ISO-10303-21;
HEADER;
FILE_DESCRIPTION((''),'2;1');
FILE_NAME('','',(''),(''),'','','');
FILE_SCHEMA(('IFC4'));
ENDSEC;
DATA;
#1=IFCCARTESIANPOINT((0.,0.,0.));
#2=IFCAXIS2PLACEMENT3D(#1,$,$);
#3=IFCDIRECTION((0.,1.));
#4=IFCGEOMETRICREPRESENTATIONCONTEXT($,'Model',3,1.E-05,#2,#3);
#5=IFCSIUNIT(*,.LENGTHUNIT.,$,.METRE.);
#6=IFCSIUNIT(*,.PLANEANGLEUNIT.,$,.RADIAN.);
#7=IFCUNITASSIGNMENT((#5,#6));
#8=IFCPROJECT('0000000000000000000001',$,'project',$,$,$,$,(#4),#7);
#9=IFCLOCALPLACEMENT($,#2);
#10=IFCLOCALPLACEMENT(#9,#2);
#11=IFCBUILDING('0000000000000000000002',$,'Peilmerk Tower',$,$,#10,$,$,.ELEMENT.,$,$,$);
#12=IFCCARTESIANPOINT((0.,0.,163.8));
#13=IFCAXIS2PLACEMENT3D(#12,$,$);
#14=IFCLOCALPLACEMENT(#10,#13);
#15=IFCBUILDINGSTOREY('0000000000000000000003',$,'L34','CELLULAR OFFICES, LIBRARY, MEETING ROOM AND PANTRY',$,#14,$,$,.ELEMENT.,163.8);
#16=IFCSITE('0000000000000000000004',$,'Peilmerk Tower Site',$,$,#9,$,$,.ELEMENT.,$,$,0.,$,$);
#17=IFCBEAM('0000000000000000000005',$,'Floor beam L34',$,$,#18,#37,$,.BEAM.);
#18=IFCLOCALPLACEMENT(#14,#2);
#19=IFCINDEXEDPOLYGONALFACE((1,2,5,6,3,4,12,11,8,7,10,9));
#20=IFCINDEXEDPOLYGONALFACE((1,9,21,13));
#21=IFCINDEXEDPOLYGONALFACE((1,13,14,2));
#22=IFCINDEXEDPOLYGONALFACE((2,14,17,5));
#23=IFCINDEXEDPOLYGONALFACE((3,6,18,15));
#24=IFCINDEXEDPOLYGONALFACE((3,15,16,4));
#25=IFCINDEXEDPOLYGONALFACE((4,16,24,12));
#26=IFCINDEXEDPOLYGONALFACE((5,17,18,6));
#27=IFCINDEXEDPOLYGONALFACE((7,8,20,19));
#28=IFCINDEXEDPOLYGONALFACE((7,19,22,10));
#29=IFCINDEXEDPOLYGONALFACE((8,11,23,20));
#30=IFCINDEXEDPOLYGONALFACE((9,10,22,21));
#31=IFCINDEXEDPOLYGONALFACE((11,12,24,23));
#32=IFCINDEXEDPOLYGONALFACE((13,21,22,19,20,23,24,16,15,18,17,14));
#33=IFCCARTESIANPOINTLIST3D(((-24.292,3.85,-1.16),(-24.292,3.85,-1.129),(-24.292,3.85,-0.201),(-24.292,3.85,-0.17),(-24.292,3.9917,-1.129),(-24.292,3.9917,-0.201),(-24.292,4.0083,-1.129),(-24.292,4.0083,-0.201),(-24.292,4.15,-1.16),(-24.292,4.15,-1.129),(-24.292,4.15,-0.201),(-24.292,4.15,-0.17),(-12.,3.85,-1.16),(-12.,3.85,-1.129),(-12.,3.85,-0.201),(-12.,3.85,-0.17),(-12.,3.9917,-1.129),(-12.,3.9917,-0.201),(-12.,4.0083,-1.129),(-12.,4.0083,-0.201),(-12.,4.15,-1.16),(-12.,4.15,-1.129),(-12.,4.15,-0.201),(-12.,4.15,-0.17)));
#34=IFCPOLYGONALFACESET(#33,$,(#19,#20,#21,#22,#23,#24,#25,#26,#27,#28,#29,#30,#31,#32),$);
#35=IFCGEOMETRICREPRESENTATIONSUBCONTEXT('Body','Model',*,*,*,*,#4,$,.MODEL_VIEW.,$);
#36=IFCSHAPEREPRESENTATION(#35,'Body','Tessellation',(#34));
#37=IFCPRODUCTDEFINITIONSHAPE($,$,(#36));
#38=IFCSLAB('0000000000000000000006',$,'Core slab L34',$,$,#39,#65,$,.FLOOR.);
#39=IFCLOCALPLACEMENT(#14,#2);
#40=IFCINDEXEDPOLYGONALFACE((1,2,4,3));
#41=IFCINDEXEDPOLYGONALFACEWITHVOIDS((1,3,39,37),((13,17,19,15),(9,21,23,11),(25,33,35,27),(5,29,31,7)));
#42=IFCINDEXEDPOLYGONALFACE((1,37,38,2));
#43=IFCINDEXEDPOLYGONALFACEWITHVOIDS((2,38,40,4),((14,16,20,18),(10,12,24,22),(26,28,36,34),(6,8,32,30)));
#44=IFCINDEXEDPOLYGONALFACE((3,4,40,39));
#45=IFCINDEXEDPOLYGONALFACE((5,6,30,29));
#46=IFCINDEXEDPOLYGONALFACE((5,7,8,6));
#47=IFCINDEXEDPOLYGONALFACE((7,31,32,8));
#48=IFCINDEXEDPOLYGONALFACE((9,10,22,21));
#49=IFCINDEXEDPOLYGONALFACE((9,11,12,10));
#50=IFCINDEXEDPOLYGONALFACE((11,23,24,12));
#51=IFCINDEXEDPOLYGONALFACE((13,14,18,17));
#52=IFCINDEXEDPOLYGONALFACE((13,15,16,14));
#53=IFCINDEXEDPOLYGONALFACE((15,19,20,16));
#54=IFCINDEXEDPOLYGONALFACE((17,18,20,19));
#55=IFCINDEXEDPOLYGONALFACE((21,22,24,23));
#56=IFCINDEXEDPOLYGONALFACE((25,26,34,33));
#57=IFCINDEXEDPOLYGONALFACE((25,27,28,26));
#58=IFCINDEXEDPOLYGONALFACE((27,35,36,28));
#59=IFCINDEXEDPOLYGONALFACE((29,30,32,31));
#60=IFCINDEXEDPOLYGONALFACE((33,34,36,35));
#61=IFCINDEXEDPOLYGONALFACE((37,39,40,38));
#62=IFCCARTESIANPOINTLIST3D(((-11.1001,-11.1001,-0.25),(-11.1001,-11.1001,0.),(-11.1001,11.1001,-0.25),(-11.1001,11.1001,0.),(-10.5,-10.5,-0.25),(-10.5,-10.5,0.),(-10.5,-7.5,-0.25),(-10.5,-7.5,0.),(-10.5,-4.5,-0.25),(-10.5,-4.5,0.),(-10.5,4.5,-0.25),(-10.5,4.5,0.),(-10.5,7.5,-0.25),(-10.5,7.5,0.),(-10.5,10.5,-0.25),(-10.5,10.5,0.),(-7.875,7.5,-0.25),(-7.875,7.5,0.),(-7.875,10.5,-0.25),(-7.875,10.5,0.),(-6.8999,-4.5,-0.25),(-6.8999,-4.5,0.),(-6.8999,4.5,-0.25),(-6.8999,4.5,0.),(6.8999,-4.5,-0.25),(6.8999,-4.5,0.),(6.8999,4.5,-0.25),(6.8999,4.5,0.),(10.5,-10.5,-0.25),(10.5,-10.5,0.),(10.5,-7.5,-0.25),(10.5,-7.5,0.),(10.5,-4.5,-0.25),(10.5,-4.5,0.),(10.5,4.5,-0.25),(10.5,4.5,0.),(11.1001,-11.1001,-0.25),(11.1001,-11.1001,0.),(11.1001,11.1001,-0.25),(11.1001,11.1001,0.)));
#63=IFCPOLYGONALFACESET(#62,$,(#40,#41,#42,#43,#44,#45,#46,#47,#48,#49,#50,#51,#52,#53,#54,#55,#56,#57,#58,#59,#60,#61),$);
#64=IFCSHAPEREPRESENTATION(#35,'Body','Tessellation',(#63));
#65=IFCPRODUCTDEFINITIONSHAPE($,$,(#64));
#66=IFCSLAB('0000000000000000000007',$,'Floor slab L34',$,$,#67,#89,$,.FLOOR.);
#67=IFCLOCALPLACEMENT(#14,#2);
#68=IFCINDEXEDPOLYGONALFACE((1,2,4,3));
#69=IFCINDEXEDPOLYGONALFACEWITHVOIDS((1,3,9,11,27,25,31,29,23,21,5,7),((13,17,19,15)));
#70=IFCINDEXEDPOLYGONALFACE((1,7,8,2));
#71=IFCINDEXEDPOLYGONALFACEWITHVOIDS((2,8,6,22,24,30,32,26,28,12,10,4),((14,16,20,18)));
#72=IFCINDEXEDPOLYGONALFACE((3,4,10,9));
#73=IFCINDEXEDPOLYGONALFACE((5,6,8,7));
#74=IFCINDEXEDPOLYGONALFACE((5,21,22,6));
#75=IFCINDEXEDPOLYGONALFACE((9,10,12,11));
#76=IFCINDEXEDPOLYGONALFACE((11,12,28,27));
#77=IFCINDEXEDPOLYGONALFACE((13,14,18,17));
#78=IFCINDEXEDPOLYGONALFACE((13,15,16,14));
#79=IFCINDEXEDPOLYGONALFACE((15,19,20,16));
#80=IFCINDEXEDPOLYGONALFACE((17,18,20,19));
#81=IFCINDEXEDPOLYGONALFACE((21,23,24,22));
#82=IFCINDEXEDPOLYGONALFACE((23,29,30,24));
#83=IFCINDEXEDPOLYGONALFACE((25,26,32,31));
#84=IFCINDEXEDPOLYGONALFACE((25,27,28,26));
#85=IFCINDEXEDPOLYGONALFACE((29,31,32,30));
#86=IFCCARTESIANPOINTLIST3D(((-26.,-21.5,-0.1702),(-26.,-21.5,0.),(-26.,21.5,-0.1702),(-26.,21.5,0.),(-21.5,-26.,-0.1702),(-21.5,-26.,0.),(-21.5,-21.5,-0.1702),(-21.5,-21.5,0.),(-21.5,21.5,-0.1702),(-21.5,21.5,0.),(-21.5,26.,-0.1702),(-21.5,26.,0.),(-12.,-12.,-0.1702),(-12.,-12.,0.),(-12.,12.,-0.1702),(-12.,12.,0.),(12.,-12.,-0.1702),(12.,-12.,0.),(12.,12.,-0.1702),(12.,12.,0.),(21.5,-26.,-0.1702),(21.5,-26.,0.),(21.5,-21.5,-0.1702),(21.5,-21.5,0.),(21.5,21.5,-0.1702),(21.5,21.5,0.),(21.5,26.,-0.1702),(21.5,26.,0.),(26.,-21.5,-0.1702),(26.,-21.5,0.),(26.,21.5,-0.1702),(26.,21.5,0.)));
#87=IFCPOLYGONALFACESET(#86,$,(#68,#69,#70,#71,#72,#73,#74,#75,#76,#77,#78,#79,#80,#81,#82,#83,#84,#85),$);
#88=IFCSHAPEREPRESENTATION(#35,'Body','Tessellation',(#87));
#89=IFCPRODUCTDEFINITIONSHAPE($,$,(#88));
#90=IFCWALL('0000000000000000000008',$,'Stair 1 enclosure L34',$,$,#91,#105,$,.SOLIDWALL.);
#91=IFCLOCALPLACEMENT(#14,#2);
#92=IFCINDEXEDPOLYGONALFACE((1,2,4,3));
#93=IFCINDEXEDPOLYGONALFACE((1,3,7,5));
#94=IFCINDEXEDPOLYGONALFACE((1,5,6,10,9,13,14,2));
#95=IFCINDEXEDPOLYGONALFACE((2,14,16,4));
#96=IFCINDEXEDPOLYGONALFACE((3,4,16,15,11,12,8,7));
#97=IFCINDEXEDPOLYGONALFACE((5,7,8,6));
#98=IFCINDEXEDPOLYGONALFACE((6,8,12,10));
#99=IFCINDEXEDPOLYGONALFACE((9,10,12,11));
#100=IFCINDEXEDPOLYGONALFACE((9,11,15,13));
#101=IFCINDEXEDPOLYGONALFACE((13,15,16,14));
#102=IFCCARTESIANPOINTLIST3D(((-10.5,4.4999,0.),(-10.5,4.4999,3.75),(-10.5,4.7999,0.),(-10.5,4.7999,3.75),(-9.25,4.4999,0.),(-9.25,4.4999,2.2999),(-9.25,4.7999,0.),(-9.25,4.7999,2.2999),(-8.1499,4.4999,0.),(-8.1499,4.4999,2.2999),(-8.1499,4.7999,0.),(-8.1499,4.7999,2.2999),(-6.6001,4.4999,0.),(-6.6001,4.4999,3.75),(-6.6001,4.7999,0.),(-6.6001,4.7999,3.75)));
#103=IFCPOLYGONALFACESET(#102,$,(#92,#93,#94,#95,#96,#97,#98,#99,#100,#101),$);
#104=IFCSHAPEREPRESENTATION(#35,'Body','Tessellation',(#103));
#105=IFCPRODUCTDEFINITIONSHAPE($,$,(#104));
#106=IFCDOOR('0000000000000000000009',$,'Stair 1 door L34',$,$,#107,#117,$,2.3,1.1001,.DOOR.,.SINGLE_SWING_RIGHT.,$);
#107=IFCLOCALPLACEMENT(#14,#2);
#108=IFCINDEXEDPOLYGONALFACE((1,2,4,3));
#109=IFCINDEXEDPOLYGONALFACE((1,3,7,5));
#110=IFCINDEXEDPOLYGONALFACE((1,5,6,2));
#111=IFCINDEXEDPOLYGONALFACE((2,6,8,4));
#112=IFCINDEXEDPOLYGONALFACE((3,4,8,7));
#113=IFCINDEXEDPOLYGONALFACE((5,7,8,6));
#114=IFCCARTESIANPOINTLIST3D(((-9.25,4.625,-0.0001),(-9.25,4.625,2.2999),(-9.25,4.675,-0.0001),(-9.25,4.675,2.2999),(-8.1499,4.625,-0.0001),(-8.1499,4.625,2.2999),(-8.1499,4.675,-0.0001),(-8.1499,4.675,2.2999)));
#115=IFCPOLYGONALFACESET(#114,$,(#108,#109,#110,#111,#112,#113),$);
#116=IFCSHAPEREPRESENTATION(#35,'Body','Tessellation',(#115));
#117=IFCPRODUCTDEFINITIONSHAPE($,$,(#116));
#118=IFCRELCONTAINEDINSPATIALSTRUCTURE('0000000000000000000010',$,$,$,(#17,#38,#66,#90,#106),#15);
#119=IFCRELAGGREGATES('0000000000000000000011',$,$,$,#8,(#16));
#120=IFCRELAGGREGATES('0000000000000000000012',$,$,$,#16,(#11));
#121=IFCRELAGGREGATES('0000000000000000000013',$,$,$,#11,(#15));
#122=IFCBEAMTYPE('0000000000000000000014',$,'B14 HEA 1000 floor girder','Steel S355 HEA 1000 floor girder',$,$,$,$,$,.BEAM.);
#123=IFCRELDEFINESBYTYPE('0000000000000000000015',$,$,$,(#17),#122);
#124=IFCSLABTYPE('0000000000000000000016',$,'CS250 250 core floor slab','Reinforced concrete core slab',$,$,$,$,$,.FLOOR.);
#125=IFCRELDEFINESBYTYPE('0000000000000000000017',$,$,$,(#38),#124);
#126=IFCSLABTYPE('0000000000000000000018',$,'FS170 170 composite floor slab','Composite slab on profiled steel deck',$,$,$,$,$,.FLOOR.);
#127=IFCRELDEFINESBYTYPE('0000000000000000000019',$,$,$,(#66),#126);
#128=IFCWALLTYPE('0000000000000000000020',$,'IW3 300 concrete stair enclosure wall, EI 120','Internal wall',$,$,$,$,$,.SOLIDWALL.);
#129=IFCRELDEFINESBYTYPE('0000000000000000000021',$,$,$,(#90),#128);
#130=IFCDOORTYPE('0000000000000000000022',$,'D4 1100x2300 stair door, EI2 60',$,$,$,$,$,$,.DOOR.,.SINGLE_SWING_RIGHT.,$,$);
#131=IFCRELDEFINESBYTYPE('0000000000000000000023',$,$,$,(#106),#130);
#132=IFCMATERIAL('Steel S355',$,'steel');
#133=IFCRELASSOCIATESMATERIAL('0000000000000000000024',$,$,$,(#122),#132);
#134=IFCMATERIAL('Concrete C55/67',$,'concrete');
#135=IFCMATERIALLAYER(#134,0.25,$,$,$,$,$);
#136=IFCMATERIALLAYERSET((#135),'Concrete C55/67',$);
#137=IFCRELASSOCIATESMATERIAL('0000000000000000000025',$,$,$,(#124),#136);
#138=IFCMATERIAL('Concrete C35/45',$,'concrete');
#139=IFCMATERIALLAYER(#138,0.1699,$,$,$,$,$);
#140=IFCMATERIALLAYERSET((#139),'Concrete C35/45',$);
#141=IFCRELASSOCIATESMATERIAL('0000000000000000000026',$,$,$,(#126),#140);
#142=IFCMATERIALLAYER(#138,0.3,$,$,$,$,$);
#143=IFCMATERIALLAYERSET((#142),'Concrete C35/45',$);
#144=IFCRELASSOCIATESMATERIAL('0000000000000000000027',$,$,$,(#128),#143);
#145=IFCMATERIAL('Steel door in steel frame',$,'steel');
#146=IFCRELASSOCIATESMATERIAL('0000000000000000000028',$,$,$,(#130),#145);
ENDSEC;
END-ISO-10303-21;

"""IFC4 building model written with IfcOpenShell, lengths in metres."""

from ifc_helpers import new_model, si_unit, direction, frame, frame_2d, origin, origin_2d, place, context, subcontext, project, spatial, polyline, rectangle, i_section, outline, extrude, material, layer, layer_set, material_profile, profile_set, type_object, element, fill, save


model = new_model("IFC4")

# Units and contexts
model_context = context("Model", 3, precision=1e-05, world=origin(), true_north=direction((0.0, 1.0)))
body_context = subcontext(model_context, "Body", "Model", "MODEL_VIEW")
ifc_project = project(units=[si_unit("LENGTHUNIT", "METRE"), si_unit("PLANEANGLEUNIT", "RADIAN")], contexts=[model_context])

# Site, building, storey
site_placement = place(None, origin())
site = spatial("IfcSite", under=ifc_project, at=site_placement, Name="Peilmerk Tower Site", CompositionType="ELEMENT", RefElevation=0.0)
building_placement = place(site_placement, origin())
building = spatial("IfcBuilding", under=site, at=building_placement, Name="Peilmerk Tower", CompositionType="ELEMENT")
storey_placement = place(building_placement, frame((0.0, 0.0, 163.8)))
storey = spatial("IfcBuildingStorey", under=building, at=storey_placement, Name="L34", Description="CELLULAR OFFICES, LIBRARY, MEETING ROOM AND PANTRY", CompositionType="ELEMENT", Elevation=163.8)

# Beam
ifc_material_1 = material(Name="Steel S355", Category="steel")
ifc_material_profile = material_profile(ifc_material_1, i_section(OverallWidth=0.3, OverallDepth=0.99, WebThickness=0.0166, FlangeThickness=0.031, at=origin_2d()), Name="HEA 1000")
ifc_profile_set = profile_set([ifc_material_profile], Name="Steel S355")
beam_type = type_object("IfcBeamType", Name="B14 HEA 1000 floor girder", Description="Steel S355 HEA 1000 floor girder", PredefinedType="BEAM", material=ifc_profile_set)
beam_placement = place(storey_placement, frame((-12.0, 4.0, -0.665), z_axis=(-1.0, 0.0, 0.0), x_axis=(0.0, -1.0, 0.0)))
element("IfcBeam", 1, at=beam_placement, inside=storey, type_object=beam_type, Name="Floor beam L34", PredefinedType="BEAM", context=body_context, shape_type="SweptSolid", body=[
    extrude(i_section(OverallWidth=0.3, OverallDepth=0.99, WebThickness=0.0166, FlangeThickness=0.031, at=origin_2d()), origin(), (0.0, 0.0, 1.0), 12.292),
])

# Slabs
ifc_material_2 = material(Name="Concrete C55/67", Category="concrete")
ifc_layer_1 = layer(ifc_material_2, 0.25)
ifc_layer_set_1 = layer_set([ifc_layer_1], Name="Concrete C55/67")
slab_type_1 = type_object("IfcSlabType", Name="CS250 250 core floor slab", Description="Reinforced concrete core slab", PredefinedType="FLOOR", material=ifc_layer_set_1)
slab_1_placement = place(storey_placement, frame((0.0, 0.0, -0.25)))
element("IfcSlab", 2, at=slab_1_placement, inside=storey, type_object=slab_type_1, Name="Core slab L34", PredefinedType="FLOOR", context=body_context, shape_type="SweptSolid", body=[
    extrude(outline(polyline([(11.1001, 11.1001), (-11.1001, 11.1001), (-11.1001, -11.1001), (11.1001, -11.1001), (11.1001, 11.1001)]), holes=[polyline([(-10.5, 7.5), (-10.5, 10.5), (-7.875, 10.5), (-7.875, 7.5), (-10.5, 7.5)]), polyline([(-10.5, -10.5), (-10.5, -7.5), (10.5, -7.5), (10.5, -10.5), (-10.5, -10.5)]), polyline([(-10.5, 4.5), (-6.8999, 4.5), (-6.8999, -4.5), (-10.5, -4.5), (-10.5, 4.5)]), polyline([(10.5, 4.5), (10.5, -4.5), (6.8999, -4.5), (6.8999, 4.5), (10.5, 4.5)])]), origin(), (0.0, 0.0, 1.0), 0.25),
])
ifc_material_3 = material(Name="Concrete C35/45", Category="concrete")
ifc_layer_2 = layer(ifc_material_3, 0.1699)
ifc_layer_set_2 = layer_set([ifc_layer_2], Name="Concrete C35/45")
slab_type_2 = type_object("IfcSlabType", Name="FS170 170 composite floor slab", Description="Composite slab on profiled steel deck", PredefinedType="FLOOR", material=ifc_layer_set_2)
slab_2_placement = place(storey_placement, frame((0.0, 0.0, -0.1702)))
element("IfcSlab", 3, at=slab_2_placement, inside=storey, type_object=slab_type_2, Name="Floor slab L34", PredefinedType="FLOOR", context=body_context, shape_type="SweptSolid", body=[
    extrude(outline(polyline([(-21.5, -26.0), (21.5, -26.0), (21.5, -21.5), (26.0, -21.5), (26.0, 21.5), (21.5, 21.5), (21.5, 26.0), (-21.5, 26.0), (-21.5, 21.5), (-26.0, 21.5), (-26.0, -21.5), (-21.5, -21.5), (-21.5, -26.0)]), holes=[polyline([(12.0, 12.0), (12.0, -12.0), (-12.0, -12.0), (-12.0, 12.0), (12.0, 12.0)])]), origin(), (0.0, 0.0, 1.0), 0.1702),
])

# Wall, opening, door
ifc_layer_3 = layer(ifc_material_3, 0.3)
ifc_layer_set_3 = layer_set([ifc_layer_3], Name="Concrete C35/45")
wall_type_1 = type_object("IfcWallType", Name="IW3 300 concrete stair enclosure wall, EI 120", Description="Internal wall", PredefinedType="SOLIDWALL", material=ifc_layer_set_3)
wall_1_placement = place(storey_placement, frame((-10.5, 4.6499, 0.0), z_axis=(0.0, 0.0, 1.0), x_axis=(1.0, 0.0, 0.0)))
wall_1 = element("IfcWall", 4, at=wall_1_placement, inside=storey, type_object=wall_type_1, Name="Stair 1 enclosure L34", PredefinedType="SOLIDWALL", context=body_context, shape_type="SweptSolid", body=[
    extrude(rectangle(XDim=3.8999, YDim=0.3, at=frame_2d((1.95, 0.0))), origin(), (0.0, 0.0, 1.0), 3.75),
])
opening_1_placement = place(wall_1_placement, frame((1.25, 0.0, 0.0)))
opening_1 = element("IfcOpeningElement", 5, at=opening_1_placement, cuts=wall_1, PredefinedType="OPENING", context=body_context, shape_type="SweptSolid", body=[
    extrude(rectangle(XDim=1.1001, YDim=2.3, at=frame_2d((0.55, 1.1499))), frame((0.0, 0.1599, 0.0), z_axis=(0.0, -1.0, 0.0), x_axis=(1.0, 0.0, 0.0)), (0.0, 0.0, 1.0), 0.3201),
])
ifc_material_4 = material(Name="Steel door in steel frame", Category="steel")
door_type_1 = type_object("IfcDoorType", Name="D4 1100x2300 stair door, EI2 60", OperationType="SINGLE_SWING_RIGHT", PredefinedType="DOOR", material=ifc_material_4)
door_1_placement = place(opening_1_placement, frame((1.1001, 0.0, 0.0), z_axis=(0.0, 0.0, 1.0), x_axis=(-1.0, 0.0, 0.0)))
door_1 = element("IfcDoor", 6, at=door_1_placement, inside=storey, type_object=door_type_1, Name="Stair 1 door L34", OperationType="SINGLE_SWING_RIGHT", OverallHeight=2.3, OverallWidth=1.1001, PredefinedType="DOOR", context=body_context, shape_type="SweptSolid", body=[
    extrude(rectangle(XDim=1.1001, YDim=2.3, at=frame_2d((0.55, 1.1499))), frame((0.0, 0.0249, 0.0), z_axis=(0.0, -1.0, 0.0), x_axis=(1.0, 0.0, 0.0)), (0.0, 0.0, 1.0), 0.05),
])
fill(opening_1, door_1)

save(model, "model.ifc")
